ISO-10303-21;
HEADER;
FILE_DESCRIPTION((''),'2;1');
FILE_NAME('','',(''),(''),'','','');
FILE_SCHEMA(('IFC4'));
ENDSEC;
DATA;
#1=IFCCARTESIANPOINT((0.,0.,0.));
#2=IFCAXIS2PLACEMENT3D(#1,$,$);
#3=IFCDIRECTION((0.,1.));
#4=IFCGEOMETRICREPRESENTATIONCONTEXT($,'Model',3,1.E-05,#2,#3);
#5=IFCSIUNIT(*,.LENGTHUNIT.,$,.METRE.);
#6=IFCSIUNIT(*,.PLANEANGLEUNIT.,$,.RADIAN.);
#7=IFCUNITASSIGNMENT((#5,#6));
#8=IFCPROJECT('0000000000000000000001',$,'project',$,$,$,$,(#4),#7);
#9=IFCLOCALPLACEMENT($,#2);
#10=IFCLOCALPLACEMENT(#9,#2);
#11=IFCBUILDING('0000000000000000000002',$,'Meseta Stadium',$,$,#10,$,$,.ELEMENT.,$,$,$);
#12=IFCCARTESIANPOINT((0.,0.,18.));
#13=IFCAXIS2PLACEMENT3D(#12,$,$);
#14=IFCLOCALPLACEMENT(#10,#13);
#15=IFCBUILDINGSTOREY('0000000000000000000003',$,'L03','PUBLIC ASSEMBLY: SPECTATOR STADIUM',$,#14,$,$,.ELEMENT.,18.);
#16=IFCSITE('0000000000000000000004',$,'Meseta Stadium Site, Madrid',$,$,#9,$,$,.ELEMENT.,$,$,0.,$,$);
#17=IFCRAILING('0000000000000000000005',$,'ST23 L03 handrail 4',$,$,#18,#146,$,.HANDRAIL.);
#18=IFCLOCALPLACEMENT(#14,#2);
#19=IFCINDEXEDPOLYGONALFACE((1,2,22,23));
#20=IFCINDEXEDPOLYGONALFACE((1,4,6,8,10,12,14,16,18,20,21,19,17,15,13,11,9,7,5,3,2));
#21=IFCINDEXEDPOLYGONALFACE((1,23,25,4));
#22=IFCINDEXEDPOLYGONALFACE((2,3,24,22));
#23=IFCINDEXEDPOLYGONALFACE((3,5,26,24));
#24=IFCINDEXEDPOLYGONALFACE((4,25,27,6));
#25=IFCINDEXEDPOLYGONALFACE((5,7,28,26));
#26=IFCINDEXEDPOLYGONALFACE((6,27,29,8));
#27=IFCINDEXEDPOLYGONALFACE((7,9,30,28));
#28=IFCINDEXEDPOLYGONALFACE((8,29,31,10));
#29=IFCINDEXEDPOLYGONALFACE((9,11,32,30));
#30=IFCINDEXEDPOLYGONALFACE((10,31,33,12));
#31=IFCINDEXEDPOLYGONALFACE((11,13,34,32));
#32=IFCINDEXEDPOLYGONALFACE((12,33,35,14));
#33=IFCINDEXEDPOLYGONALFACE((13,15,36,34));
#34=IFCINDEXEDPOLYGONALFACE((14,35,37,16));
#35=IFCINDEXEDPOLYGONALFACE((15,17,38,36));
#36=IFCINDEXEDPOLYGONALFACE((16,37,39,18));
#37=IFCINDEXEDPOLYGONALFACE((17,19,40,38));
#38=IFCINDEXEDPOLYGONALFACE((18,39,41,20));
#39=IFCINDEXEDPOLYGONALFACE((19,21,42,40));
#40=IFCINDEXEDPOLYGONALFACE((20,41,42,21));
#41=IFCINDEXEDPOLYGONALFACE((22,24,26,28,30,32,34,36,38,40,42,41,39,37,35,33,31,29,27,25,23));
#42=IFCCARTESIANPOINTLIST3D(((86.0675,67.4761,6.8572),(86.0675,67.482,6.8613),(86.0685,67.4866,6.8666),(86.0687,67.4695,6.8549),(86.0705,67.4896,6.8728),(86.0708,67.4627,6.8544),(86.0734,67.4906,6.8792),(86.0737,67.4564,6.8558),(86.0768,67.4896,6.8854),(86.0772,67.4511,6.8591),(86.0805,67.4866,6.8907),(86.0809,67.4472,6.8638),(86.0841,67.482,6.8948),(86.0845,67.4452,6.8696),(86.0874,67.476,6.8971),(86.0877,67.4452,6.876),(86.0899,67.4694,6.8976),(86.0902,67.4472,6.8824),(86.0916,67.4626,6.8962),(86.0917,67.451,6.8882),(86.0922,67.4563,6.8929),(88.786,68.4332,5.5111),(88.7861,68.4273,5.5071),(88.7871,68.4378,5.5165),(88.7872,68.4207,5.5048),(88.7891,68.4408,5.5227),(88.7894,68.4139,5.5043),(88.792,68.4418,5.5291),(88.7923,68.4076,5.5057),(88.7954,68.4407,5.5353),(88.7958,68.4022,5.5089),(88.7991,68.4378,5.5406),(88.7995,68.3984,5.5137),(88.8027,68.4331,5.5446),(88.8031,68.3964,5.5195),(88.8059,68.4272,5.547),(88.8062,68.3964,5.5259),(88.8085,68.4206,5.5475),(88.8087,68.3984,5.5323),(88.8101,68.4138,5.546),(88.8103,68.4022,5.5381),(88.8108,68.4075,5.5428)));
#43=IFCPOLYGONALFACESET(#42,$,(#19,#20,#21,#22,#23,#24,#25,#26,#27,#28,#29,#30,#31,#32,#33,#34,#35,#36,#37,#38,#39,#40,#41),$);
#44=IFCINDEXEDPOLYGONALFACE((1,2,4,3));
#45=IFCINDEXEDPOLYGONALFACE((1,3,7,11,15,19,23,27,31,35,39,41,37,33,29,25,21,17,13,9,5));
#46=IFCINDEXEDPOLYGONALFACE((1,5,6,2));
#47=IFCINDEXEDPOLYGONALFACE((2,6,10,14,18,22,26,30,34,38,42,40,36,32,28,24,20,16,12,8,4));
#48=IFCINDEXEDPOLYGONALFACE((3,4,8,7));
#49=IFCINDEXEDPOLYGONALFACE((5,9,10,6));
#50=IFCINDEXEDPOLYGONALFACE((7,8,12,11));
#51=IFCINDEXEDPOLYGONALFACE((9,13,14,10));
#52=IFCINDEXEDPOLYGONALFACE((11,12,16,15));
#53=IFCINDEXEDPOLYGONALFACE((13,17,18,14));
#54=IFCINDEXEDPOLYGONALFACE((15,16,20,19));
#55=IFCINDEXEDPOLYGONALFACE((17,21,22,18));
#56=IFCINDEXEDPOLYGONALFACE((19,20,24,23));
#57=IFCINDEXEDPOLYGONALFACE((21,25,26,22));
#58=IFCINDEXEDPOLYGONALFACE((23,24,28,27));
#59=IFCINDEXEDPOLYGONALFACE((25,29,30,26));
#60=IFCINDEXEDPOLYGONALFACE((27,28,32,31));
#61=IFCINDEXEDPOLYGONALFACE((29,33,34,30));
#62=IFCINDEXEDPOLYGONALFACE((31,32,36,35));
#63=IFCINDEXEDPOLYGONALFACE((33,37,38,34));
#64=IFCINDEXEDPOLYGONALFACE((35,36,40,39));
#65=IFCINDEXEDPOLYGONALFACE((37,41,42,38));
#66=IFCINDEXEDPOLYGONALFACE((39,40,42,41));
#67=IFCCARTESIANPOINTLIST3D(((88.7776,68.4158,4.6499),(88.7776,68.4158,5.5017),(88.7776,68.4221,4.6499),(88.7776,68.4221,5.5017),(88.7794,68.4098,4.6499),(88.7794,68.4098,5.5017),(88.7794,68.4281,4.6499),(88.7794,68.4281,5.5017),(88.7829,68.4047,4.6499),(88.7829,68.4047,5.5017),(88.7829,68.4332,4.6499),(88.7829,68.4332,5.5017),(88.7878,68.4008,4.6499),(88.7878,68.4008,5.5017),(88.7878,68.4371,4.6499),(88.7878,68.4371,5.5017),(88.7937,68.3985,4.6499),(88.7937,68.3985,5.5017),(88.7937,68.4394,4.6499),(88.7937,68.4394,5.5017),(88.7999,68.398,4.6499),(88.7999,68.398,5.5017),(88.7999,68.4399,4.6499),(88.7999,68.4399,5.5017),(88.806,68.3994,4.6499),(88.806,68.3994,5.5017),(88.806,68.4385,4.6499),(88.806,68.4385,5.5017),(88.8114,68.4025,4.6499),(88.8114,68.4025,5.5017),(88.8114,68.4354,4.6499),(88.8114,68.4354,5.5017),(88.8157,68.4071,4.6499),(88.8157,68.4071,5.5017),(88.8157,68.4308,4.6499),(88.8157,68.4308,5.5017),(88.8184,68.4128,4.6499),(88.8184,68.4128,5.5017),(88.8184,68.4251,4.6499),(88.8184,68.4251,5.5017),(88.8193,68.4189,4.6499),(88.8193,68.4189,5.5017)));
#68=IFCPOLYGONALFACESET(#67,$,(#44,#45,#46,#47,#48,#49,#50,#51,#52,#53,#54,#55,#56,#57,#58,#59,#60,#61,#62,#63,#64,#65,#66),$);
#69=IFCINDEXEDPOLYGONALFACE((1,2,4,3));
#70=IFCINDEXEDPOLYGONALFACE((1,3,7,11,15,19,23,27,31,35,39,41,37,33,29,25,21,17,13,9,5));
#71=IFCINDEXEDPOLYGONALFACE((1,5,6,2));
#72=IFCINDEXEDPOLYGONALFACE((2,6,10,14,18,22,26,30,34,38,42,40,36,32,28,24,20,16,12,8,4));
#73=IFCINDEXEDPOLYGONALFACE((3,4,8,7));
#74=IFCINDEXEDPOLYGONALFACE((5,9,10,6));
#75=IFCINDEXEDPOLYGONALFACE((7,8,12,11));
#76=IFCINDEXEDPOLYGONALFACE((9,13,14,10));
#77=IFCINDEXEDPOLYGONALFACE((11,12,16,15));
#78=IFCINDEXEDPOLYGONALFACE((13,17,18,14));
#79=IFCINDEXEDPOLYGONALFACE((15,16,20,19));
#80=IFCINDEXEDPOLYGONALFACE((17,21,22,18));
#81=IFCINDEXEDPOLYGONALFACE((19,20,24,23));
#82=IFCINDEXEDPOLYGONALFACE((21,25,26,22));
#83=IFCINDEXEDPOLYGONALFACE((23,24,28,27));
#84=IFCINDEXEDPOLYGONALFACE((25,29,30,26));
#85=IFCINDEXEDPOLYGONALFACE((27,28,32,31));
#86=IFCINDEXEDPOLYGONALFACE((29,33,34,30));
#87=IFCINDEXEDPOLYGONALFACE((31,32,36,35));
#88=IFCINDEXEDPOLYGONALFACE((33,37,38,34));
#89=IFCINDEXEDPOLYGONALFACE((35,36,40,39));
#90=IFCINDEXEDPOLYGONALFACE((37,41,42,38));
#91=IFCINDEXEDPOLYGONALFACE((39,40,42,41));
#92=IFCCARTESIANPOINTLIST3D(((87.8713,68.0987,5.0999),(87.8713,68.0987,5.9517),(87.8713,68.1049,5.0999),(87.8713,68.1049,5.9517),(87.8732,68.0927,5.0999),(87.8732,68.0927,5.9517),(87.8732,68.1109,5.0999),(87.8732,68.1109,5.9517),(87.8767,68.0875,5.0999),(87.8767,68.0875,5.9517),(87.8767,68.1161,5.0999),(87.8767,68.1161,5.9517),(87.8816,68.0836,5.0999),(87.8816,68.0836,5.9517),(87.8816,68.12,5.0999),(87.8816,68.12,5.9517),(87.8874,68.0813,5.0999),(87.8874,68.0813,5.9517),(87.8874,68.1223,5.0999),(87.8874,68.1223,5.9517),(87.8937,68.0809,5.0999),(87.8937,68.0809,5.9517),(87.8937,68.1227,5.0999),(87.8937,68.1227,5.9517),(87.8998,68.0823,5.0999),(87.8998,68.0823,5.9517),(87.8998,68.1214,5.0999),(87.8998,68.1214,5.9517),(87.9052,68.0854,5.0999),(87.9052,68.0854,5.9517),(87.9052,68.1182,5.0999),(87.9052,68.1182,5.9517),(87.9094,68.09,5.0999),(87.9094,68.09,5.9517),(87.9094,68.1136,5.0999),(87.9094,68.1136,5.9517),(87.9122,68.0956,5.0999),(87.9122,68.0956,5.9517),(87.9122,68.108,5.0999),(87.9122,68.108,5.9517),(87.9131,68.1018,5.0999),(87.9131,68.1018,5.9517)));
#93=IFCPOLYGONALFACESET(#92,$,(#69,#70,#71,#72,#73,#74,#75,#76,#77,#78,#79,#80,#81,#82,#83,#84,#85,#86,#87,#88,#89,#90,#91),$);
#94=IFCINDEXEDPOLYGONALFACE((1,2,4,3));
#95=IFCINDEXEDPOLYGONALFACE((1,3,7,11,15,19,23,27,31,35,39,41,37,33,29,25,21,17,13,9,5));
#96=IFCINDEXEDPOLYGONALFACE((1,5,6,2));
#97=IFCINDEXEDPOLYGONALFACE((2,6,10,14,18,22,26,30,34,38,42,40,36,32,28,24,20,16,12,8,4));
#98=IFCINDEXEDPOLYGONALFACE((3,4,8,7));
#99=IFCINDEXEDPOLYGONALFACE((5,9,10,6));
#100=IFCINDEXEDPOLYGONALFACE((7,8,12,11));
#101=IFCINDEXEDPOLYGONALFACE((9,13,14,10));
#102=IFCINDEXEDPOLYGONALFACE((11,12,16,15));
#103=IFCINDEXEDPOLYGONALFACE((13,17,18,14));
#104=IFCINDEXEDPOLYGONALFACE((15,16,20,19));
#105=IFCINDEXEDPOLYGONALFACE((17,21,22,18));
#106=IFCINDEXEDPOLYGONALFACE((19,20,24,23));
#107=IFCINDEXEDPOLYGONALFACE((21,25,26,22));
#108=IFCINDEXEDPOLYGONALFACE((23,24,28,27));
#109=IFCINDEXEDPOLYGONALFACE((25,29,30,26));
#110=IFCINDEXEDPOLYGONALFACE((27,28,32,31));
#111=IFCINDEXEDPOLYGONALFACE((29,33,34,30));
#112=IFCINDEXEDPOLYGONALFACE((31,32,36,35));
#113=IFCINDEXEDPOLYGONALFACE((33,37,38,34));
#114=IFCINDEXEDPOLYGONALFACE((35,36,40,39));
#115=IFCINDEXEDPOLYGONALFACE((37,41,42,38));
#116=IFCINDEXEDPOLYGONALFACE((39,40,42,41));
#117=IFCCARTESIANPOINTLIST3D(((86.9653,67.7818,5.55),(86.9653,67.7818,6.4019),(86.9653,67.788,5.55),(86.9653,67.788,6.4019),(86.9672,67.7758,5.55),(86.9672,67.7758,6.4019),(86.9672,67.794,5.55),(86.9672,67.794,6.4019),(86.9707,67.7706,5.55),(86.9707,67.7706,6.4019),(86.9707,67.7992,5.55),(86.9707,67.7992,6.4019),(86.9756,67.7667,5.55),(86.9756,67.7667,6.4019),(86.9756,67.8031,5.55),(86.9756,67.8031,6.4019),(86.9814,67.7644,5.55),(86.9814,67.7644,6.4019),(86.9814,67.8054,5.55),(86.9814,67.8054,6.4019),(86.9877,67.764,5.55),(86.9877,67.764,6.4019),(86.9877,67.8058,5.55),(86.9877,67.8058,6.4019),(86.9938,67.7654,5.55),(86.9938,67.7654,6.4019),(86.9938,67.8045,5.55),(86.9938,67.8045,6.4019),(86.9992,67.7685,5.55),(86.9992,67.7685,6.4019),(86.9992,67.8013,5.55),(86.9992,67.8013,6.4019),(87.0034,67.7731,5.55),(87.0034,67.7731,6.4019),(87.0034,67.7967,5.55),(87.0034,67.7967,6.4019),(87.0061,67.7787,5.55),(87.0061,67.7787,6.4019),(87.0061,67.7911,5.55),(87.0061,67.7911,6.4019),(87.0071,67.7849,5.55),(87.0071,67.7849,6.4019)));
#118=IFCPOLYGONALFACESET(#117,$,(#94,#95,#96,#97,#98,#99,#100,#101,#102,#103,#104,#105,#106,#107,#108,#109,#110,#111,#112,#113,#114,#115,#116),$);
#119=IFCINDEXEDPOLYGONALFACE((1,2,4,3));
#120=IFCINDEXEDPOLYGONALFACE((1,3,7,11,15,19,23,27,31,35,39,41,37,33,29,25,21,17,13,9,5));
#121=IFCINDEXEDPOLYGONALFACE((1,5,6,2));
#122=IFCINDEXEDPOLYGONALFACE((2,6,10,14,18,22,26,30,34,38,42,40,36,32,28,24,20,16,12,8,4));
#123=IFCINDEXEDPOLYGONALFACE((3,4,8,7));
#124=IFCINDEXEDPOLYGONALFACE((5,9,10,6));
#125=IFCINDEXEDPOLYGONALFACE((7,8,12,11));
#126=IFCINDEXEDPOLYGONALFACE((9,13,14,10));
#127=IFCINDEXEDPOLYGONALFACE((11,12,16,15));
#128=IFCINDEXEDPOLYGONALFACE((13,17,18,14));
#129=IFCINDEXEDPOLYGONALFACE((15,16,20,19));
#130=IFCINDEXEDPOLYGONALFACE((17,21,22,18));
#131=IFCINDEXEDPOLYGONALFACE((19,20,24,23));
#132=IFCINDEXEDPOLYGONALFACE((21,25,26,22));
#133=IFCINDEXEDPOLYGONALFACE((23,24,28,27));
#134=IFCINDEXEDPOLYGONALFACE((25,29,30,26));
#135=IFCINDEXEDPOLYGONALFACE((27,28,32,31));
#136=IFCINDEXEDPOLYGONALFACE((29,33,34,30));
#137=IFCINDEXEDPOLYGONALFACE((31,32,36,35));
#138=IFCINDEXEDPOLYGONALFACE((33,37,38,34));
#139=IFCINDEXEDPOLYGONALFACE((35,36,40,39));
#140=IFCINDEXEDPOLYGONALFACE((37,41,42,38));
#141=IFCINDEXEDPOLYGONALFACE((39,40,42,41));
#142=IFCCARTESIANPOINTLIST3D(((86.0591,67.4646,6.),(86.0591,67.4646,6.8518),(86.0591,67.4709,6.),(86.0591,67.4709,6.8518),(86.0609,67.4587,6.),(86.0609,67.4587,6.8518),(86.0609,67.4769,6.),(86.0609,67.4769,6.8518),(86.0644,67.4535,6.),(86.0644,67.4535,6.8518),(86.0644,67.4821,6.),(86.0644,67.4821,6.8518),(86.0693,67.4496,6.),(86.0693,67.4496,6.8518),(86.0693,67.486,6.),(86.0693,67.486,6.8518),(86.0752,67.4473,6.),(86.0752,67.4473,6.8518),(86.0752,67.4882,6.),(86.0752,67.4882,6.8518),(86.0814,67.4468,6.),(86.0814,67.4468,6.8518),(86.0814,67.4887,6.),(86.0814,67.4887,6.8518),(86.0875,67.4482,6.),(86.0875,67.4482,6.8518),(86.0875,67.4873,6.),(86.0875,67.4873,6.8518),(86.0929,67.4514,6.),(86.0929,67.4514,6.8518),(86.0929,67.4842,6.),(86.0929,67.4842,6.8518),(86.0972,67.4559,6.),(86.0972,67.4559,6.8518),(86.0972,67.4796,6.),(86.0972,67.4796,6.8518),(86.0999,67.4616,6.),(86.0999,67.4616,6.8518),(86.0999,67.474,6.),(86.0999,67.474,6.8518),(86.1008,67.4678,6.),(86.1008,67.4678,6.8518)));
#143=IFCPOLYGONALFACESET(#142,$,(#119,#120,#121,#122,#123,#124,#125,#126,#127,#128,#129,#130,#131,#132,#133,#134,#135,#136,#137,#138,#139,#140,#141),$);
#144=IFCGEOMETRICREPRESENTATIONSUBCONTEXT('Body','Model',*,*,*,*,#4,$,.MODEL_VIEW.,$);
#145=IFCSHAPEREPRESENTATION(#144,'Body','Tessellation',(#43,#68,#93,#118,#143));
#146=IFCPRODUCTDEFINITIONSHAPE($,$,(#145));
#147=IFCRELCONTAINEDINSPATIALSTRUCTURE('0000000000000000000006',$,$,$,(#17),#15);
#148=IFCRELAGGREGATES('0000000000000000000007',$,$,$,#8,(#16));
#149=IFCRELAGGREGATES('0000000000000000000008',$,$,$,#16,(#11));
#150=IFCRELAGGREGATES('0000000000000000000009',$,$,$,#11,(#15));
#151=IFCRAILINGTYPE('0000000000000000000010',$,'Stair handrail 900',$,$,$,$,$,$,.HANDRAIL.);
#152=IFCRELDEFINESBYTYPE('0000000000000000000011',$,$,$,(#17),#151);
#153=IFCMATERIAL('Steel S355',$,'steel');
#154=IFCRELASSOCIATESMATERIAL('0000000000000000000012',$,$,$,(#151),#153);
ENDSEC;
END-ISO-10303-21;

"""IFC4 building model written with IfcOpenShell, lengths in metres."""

from ifc_helpers import new_model, si_unit, direction, frame, origin, origin_2d, place, context, subcontext, project, spatial, circle, extrude, material, type_object, element, save


model = new_model("IFC4")

# Units and contexts
model_context = context("Model", 3, precision=1e-05, world=origin(), true_north=direction((0.0, 1.0)))
body_context = subcontext(model_context, "Body", "Model", "MODEL_VIEW")
ifc_project = project(units=[si_unit("LENGTHUNIT", "METRE"), si_unit("PLANEANGLEUNIT", "RADIAN")], contexts=[model_context])

# Site, building, storey
site_placement = place(None, origin())
site = spatial("IfcSite", under=ifc_project, at=site_placement, Name="Meseta Stadium Site, Madrid", CompositionType="ELEMENT", RefElevation=0.0)
building_placement = place(site_placement, origin())
building = spatial("IfcBuilding", under=site, at=building_placement, Name="Meseta Stadium", CompositionType="ELEMENT")
storey_placement = place(building_placement, frame((0.0, 0.0, 18.0)))
storey = spatial("IfcBuildingStorey", under=building, at=storey_placement, Name="L03", Description="PUBLIC ASSEMBLY: SPECTATOR STADIUM", CompositionType="ELEMENT", Elevation=18.0)

# Railing
ifc_material_1 = material(Name="Steel S355", Category="steel")
railing_type_1 = type_object("IfcRailingType", Name="Stair handrail 900", PredefinedType="HANDRAIL", material=ifc_material_1)
for number, where, name in (
    (1, (88.7983, 68.4189, 4.6499), "ST23 L03 handrail 4"),
):
    element("IfcRailing", number, at=place(storey_placement, frame(where)), inside=storey, type_object=railing_type_1, Name=name, PredefinedType="HANDRAIL", context=body_context, shape_type="SweptSolid", body=[
        extrude(circle(Radius=0.0239, at=origin_2d()), frame((0.0, 0.0, 0.876), z_axis=(-0.854649, -0.299031, 0.424446), x_axis=(0.330256, -0.943891, 0.0)), (0.0, 0.0, 1.0), 3.1809),
        extrude(circle(Radius=0.021, at=origin_2d()), origin(), (0.0, 0.0, 1.0), 0.8518),
        extrude(circle(Radius=0.021, at=origin_2d()), frame((-0.9062, -0.3171, 0.45)), (0.0, 0.0, 1.0), 0.8518),
        extrude(circle(Radius=0.021, at=origin_2d()), frame((-1.8123, -0.634, 0.9001)), (0.0, 0.0, 1.0), 0.8518),
        extrude(circle(Radius=0.021, at=origin_2d()), frame((-2.7185, -0.9512, 1.3501)), (0.0, 0.0, 1.0), 0.8518),
    ])

save(model, "model.ifc")
